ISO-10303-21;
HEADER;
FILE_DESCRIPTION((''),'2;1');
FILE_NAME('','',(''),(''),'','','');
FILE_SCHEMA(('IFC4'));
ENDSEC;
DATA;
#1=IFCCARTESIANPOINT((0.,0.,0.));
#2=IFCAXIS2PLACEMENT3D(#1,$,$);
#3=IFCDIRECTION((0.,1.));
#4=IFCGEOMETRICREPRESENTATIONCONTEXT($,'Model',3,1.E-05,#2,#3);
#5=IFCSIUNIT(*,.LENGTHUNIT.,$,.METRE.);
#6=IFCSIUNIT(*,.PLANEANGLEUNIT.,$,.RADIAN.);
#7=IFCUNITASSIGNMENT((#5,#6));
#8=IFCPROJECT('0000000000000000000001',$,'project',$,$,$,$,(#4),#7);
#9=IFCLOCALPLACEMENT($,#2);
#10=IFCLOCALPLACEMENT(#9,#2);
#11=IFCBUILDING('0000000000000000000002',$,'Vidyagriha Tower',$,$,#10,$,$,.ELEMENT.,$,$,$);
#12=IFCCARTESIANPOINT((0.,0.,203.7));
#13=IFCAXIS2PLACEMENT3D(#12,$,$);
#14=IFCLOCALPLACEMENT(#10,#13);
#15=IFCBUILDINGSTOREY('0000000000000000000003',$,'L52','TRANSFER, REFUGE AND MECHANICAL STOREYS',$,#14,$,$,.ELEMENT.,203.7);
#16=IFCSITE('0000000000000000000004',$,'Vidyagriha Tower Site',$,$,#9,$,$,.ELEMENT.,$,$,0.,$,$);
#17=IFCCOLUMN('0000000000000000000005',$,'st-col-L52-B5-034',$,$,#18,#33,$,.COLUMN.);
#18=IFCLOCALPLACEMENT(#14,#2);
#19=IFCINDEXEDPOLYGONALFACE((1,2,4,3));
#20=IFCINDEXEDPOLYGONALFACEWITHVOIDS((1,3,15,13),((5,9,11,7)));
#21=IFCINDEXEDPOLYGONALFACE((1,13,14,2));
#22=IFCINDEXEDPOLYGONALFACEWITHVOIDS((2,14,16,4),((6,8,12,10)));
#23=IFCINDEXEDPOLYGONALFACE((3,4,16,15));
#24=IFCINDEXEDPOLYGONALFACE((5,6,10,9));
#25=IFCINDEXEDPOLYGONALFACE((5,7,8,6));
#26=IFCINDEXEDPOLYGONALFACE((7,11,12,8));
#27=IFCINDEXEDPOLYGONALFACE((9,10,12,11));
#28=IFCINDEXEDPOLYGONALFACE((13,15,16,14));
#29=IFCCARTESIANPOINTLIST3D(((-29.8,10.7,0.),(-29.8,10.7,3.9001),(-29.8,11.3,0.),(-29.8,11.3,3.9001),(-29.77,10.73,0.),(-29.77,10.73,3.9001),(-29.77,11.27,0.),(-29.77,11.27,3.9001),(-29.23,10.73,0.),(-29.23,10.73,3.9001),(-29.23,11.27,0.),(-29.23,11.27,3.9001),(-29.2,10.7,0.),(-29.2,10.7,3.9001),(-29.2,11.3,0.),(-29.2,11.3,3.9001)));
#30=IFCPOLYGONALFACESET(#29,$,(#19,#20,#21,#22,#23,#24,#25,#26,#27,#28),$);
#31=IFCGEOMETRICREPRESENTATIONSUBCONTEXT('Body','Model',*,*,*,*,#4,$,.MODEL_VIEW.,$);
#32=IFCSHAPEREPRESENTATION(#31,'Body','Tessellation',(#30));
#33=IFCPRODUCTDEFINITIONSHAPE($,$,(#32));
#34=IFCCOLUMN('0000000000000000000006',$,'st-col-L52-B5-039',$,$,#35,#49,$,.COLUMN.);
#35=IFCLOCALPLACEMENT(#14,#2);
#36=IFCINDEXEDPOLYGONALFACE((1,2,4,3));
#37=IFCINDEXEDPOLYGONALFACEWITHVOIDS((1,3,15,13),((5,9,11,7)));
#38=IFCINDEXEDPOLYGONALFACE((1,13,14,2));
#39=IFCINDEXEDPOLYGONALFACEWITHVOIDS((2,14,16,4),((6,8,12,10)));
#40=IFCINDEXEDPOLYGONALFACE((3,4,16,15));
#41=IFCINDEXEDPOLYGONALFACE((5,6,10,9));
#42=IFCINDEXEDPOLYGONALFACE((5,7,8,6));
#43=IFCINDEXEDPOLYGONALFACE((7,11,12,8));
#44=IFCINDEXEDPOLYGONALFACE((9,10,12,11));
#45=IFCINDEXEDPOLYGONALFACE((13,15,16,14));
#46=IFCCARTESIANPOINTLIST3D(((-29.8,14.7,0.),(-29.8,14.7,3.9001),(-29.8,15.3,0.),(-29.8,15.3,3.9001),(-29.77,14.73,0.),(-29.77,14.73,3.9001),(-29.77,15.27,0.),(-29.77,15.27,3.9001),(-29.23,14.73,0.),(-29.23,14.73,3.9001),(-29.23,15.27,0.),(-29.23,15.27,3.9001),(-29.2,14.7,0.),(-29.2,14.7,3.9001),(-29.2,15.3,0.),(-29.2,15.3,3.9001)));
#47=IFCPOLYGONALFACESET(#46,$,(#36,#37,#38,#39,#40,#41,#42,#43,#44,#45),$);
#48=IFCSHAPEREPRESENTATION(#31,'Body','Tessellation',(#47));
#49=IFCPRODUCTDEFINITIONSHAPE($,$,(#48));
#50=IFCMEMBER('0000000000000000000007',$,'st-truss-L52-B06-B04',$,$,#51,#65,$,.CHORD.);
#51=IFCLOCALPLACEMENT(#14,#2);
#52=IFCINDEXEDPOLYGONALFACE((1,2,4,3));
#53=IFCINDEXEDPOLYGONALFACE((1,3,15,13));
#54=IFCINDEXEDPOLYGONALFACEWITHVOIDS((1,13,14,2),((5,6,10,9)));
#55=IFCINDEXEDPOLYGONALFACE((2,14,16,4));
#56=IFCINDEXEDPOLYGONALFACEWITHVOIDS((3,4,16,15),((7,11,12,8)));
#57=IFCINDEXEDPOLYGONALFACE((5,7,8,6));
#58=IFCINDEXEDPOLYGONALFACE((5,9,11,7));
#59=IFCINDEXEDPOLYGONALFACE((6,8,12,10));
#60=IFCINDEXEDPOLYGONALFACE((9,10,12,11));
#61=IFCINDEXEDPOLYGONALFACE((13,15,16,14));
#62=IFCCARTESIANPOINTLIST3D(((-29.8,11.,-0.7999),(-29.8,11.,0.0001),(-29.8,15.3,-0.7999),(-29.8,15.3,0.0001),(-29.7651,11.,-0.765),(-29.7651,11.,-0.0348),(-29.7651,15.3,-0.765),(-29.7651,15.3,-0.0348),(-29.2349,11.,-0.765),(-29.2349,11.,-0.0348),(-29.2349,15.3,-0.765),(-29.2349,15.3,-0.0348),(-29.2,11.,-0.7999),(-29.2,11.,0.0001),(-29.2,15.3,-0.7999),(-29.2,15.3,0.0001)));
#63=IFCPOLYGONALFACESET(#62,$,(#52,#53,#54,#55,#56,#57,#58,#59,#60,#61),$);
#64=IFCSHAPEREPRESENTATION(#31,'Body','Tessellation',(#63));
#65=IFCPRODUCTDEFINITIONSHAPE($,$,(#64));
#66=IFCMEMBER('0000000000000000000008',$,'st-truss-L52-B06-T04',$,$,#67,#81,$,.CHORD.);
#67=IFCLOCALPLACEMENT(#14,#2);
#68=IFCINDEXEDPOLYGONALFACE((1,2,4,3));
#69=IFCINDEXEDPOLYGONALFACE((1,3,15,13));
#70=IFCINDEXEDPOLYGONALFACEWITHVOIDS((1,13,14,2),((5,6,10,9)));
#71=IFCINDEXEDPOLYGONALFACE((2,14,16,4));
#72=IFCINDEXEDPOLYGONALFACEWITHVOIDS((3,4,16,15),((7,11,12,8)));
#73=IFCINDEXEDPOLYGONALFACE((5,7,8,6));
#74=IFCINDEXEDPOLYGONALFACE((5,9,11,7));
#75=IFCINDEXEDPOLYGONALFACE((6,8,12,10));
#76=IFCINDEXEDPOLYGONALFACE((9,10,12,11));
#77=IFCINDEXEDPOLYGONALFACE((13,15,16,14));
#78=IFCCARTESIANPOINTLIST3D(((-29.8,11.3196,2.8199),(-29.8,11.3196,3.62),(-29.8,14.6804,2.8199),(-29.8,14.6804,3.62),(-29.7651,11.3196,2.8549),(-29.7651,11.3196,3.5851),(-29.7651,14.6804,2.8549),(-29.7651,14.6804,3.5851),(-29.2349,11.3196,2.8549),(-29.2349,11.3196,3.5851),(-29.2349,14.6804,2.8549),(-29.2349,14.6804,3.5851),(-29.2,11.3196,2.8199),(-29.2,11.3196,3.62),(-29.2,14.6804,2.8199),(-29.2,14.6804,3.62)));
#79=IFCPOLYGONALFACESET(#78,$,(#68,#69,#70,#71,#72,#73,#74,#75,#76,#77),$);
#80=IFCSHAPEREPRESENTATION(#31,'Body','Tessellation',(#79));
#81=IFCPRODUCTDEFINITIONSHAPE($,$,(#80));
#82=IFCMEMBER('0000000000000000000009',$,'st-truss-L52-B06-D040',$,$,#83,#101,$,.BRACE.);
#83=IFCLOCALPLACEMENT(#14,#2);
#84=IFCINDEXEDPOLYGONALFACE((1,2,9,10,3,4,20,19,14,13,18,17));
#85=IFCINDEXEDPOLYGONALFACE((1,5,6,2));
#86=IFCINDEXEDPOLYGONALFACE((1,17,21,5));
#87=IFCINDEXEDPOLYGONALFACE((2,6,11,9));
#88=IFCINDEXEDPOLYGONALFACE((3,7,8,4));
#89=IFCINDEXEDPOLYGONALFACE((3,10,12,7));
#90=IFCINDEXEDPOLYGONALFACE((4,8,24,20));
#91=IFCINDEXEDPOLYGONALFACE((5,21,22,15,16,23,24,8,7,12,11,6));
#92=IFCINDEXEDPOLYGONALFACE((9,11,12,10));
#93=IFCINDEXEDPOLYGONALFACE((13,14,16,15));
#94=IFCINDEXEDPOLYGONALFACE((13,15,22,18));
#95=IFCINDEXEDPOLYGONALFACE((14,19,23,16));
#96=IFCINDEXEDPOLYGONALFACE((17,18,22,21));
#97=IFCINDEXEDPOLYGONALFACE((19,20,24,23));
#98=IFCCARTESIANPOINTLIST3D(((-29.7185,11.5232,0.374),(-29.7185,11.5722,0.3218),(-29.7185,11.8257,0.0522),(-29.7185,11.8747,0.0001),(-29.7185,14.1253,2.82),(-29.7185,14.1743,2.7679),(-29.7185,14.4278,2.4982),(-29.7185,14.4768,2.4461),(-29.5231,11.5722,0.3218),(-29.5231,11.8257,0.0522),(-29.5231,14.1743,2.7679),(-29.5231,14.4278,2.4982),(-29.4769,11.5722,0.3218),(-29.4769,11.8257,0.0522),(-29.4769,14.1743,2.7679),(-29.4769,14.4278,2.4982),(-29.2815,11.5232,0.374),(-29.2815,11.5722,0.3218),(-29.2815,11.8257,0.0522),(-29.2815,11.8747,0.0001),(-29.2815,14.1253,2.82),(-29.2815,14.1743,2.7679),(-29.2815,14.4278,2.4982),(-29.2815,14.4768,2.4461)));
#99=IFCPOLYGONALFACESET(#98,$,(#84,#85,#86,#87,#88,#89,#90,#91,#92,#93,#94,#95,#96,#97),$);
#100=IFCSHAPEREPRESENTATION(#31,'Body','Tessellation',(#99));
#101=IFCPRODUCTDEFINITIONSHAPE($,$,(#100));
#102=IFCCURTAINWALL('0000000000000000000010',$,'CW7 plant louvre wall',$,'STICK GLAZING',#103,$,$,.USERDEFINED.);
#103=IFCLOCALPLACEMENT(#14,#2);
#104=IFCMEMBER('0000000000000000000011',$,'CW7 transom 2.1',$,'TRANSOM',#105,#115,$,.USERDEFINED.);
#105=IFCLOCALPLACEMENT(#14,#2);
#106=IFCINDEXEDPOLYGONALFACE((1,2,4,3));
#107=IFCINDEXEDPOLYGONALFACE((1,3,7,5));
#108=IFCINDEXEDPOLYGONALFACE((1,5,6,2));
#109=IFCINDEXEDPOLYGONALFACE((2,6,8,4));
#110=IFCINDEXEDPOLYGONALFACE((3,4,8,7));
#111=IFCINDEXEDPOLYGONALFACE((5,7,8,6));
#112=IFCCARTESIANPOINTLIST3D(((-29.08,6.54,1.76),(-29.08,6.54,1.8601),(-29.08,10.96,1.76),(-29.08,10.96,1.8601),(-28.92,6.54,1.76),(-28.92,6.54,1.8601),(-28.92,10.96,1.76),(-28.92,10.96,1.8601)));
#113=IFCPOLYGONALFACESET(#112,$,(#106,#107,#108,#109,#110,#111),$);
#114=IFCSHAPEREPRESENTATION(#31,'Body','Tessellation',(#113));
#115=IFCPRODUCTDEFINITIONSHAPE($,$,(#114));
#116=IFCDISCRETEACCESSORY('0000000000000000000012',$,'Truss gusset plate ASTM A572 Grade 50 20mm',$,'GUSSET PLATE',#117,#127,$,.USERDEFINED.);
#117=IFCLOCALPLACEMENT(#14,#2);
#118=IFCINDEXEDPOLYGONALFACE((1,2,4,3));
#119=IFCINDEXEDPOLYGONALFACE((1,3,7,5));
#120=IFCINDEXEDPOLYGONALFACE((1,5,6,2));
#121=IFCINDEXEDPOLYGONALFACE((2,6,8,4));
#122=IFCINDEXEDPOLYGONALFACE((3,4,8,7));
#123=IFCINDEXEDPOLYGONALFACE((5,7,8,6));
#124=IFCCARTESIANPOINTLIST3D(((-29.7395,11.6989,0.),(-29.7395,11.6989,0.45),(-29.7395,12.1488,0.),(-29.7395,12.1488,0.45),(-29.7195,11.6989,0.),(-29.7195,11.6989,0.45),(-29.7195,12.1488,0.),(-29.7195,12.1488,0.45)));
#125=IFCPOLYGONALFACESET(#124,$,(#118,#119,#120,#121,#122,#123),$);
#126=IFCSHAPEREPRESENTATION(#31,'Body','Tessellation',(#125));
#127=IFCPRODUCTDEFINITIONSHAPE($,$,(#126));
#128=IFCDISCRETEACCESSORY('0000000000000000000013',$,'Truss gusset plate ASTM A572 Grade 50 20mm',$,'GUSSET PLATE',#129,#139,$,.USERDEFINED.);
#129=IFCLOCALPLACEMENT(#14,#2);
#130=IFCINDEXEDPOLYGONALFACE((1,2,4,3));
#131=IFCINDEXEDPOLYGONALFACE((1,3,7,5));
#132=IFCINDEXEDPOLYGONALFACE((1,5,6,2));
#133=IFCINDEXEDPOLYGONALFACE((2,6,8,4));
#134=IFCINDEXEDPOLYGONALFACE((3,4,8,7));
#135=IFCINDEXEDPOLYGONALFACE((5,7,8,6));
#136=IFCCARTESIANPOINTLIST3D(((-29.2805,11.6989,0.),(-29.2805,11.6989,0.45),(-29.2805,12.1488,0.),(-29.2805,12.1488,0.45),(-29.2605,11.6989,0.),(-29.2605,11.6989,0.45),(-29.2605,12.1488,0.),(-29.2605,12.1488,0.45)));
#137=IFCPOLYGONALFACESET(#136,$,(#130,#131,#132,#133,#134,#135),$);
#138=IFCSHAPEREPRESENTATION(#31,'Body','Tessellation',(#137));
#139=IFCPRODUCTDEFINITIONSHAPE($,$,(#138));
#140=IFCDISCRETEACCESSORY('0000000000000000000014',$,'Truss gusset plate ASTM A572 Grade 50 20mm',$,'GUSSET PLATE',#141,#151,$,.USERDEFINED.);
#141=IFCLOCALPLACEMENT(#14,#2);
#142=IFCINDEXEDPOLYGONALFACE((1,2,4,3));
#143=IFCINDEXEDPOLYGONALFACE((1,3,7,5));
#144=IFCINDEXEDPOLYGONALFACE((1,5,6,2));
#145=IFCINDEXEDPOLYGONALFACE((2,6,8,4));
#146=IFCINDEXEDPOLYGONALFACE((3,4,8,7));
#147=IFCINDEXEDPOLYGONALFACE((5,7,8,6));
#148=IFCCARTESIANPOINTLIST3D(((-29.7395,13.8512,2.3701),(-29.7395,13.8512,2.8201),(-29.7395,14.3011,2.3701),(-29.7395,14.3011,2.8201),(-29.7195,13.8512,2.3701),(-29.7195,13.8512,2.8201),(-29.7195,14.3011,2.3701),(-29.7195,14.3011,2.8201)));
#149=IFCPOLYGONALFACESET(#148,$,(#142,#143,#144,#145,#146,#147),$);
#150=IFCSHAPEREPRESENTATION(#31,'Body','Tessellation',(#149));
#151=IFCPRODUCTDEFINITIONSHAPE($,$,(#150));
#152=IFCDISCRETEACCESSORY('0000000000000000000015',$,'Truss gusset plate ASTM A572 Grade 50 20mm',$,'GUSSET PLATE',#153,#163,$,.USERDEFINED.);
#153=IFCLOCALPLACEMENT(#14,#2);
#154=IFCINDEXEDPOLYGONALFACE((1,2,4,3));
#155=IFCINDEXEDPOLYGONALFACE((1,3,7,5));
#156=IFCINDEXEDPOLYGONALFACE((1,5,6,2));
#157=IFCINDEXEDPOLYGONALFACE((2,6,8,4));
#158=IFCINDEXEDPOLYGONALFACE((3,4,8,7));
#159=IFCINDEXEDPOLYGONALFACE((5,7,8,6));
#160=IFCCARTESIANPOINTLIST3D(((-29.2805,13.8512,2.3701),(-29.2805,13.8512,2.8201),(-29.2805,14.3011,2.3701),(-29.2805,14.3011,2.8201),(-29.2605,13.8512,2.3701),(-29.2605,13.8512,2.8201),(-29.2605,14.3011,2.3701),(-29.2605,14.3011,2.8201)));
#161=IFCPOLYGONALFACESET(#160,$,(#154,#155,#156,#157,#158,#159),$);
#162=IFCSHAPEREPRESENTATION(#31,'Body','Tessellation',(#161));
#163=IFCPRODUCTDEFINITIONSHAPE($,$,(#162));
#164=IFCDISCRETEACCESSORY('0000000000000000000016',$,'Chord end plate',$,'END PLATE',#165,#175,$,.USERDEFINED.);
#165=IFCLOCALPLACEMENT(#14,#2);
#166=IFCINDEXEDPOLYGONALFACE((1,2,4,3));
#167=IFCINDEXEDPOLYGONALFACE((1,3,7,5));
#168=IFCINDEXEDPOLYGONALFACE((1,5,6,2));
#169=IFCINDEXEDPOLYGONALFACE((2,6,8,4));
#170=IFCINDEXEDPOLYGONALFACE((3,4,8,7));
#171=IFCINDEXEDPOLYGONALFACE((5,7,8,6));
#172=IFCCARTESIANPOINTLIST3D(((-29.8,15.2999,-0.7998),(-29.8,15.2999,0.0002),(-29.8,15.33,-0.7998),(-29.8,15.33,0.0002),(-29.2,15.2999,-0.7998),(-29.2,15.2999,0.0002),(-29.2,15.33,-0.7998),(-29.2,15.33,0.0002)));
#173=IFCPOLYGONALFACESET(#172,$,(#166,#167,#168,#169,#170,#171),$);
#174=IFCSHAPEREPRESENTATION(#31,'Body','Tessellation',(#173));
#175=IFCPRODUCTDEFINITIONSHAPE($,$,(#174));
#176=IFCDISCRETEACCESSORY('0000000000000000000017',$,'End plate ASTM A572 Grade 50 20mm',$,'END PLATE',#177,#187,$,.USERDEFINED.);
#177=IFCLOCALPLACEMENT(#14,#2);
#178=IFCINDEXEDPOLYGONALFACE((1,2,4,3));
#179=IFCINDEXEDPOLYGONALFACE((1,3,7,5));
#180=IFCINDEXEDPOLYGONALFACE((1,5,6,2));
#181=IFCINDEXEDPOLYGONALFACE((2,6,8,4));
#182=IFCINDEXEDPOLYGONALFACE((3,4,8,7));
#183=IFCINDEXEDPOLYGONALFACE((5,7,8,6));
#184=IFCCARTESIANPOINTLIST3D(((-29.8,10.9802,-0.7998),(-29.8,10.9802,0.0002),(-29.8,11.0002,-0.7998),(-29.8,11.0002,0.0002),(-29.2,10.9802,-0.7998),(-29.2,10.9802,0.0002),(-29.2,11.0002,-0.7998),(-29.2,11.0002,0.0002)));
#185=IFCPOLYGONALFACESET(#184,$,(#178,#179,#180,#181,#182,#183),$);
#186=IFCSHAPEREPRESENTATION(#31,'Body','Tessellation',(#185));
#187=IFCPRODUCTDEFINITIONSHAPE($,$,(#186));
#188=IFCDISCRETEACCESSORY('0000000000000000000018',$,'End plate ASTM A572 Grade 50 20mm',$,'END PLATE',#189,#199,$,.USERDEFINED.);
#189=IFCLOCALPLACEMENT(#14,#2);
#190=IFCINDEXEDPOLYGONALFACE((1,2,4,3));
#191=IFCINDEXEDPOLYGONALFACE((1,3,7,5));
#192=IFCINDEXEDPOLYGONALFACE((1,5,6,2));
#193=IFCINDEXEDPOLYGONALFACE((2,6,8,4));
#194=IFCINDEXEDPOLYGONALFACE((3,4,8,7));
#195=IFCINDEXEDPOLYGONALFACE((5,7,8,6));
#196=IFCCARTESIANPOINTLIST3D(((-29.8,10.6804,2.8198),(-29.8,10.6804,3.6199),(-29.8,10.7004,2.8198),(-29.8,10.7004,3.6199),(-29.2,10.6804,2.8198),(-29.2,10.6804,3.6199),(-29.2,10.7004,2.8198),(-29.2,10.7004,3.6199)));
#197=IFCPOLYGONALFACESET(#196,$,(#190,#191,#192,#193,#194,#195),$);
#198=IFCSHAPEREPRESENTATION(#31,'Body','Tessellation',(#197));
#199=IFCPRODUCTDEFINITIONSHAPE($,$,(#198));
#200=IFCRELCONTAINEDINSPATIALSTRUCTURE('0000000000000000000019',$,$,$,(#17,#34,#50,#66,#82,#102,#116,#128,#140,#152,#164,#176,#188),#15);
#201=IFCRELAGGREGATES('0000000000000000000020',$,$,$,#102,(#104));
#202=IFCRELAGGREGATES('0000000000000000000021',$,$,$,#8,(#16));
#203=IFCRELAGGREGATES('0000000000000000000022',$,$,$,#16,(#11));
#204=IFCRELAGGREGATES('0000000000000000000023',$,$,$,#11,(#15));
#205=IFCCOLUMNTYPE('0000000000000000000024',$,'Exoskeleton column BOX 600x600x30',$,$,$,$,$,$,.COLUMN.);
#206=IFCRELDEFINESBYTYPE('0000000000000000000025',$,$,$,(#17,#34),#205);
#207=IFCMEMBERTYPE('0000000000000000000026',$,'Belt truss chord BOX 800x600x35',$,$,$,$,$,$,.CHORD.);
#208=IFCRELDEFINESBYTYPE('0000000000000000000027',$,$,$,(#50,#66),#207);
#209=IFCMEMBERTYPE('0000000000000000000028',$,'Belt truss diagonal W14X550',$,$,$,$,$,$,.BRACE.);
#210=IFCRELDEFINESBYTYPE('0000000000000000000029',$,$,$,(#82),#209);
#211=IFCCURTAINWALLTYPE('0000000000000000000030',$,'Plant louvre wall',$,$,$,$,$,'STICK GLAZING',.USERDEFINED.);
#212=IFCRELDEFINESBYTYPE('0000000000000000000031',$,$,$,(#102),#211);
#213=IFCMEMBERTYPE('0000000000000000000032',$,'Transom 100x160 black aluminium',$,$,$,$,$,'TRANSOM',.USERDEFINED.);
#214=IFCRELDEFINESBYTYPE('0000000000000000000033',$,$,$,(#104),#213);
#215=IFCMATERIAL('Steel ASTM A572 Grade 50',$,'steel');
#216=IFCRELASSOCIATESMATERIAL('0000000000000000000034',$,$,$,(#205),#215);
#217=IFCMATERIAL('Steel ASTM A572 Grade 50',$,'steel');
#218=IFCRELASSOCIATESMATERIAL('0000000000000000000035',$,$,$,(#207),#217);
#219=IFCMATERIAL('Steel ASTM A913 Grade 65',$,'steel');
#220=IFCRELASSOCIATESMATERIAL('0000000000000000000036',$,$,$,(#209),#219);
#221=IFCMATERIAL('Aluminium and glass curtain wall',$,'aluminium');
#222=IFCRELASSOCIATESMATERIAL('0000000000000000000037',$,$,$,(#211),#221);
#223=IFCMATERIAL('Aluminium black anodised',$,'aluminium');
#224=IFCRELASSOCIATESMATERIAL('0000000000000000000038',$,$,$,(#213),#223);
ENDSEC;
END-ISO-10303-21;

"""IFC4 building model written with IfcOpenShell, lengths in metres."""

from ifc_helpers import new_model, si_unit, direction, frame, origin, origin_2d, place, context, subcontext, project, spatial, rectangle, hollow_rectangle, i_section, extrude, material, material_profile, profile_set, type_object, element, aggregate, save


model = new_model("IFC4")

# Units and contexts
model_context = context("Model", 3, precision=1e-05, world=origin(), true_north=direction((0.0, 1.0)))
body_context = subcontext(model_context, "Body", "Model", "MODEL_VIEW")
ifc_project = project(units=[si_unit("LENGTHUNIT", "METRE"), si_unit("PLANEANGLEUNIT", "RADIAN")], contexts=[model_context])

# Site, building, storey
site_placement = place(None, origin())
site = spatial("IfcSite", under=ifc_project, at=site_placement, Name="Vidyagriha Tower Site", CompositionType="ELEMENT", RefElevation=0.0)
building_placement = place(site_placement, origin())
building = spatial("IfcBuilding", under=site, at=building_placement, Name="Vidyagriha Tower", CompositionType="ELEMENT")
storey_placement = place(building_placement, frame((0.0, 0.0, 203.7)))
storey = spatial("IfcBuildingStorey", under=building, at=storey_placement, Name="L52", Description="TRANSFER, REFUGE AND MECHANICAL STOREYS", CompositionType="ELEMENT", Elevation=203.7)

# Columns
ifc_material_1 = material(Name="Steel ASTM A572 Grade 50", Category="steel")
ifc_material_profile_1 = material_profile(ifc_material_1, hollow_rectangle(XDim=0.6001, YDim=0.6001, WallThickness=0.03, at=origin_2d()), Name="BOX 600x600x30")
ifc_profile_set_1 = profile_set([ifc_material_profile_1], Name="Steel ASTM A572 Grade 50")
column_type = type_object("IfcColumnType", Name="Exoskeleton column BOX 600x600x30", PredefinedType="COLUMN", material=ifc_profile_set_1)
for number, where, name in (
    (1, (-29.5, 11.0, 0.0), "st-col-L52-B5-034"),
    (2, (-29.5, 15.0, 0.0), "st-col-L52-B5-039"),
):
    element("IfcColumn", number, at=place(storey_placement, frame(where)), inside=storey, type_object=column_type, Name=name, PredefinedType="COLUMN", context=body_context, shape_type="SweptSolid", body=[
        extrude(hollow_rectangle(XDim=0.6001, YDim=0.6001, WallThickness=0.03, at=origin_2d()), origin(), (0.0, 0.0, 1.0), 3.9001),
    ])

# Members
ifc_material_2 = material(Name="Steel ASTM A572 Grade 50", Category="steel")
ifc_material_profile_2 = material_profile(ifc_material_2, hollow_rectangle(XDim=0.6001, YDim=0.8, WallThickness=0.0349, at=origin_2d()), Name="BOX 800x600x35")
ifc_profile_set_2 = profile_set([ifc_material_profile_2], Name="Steel ASTM A572 Grade 50")
member_type_1 = type_object("IfcMemberType", Name="Belt truss chord BOX 800x600x35", PredefinedType="CHORD", material=ifc_profile_set_2)
member_1_placement = place(storey_placement, frame((-29.5, 11.0, -0.3999), z_axis=(0.0, 1.0, 0.0), x_axis=(-1.0, 0.0, 0.0)))
element("IfcMember", 3, at=member_1_placement, inside=storey, type_object=member_type_1, Name="st-truss-L52-B06-B04", PredefinedType="CHORD", context=body_context, shape_type="SweptSolid", body=[
    extrude(hollow_rectangle(XDim=0.6001, YDim=0.8, WallThickness=0.0349, at=origin_2d()), origin(), (0.0, 0.0, 1.0), 4.3),
])
member_2_placement = place(storey_placement, frame((-29.5, 11.3196, 3.22), z_axis=(0.0, 1.0, 0.0), x_axis=(-1.0, 0.0, 0.0)))
element("IfcMember", 4, at=member_2_placement, inside=storey, type_object=member_type_1, Name="st-truss-L52-B06-T04", PredefinedType="CHORD", context=body_context, shape_type="SweptSolid", body=[
    extrude(hollow_rectangle(XDim=0.6001, YDim=0.8, WallThickness=0.0349, at=origin_2d()), origin(), (0.0, 0.0, 1.0), 3.3608),
])
ifc_material_3 = material(Name="Steel ASTM A913 Grade 65", Category="steel")
ifc_material_profile_3 = material_profile(ifc_material_3, i_section(OverallWidth=0.437, OverallDepth=0.5132, WebThickness=0.0461, FlangeThickness=0.0715, at=origin_2d()), Name="W14X550")
ifc_profile_set_3 = profile_set([ifc_material_profile_3], Name="Steel ASTM A913 Grade 65")
member_type_2 = type_object("IfcMemberType", Name="Belt truss diagonal W14X550", PredefinedType="BRACE", material=ifc_profile_set_3)
member_3_placement = place(storey_placement, frame((-29.5, 11.699, 0.187), z_axis=(0.0, 0.728611, 0.684927), x_axis=(-1.0, 0.0, 0.0)))
element("IfcMember", 5, at=member_3_placement, inside=storey, type_object=member_type_2, Name="st-truss-L52-B06-D040", PredefinedType="BRACE", context=body_context, shape_type="SweptSolid", body=[
    extrude(i_section(OverallWidth=0.437, OverallDepth=0.5132, WebThickness=0.0461, FlangeThickness=0.0715, at=origin_2d()), origin(), (0.0, 0.0, 1.0), 3.5713),
])

# Curtain wall, member
ifc_material_4 = material(Name="Aluminium and glass curtain wall", Category="aluminium")
curtain_wall_type = type_object("IfcCurtainWallType", Name="Plant louvre wall", ElementType="STICK GLAZING", PredefinedType="USERDEFINED", material=ifc_material_4)
curtain_wall_placement = place(storey_placement, origin())
curtain_wall = element("IfcCurtainWall", 6, at=curtain_wall_placement, inside=storey, type_object=curtain_wall_type, Name="CW7 plant louvre wall", ObjectType="STICK GLAZING", PredefinedType="USERDEFINED")
ifc_material_5 = material(Name="Aluminium black anodised", Category="aluminium")
ifc_material_profile_4 = material_profile(ifc_material_5, rectangle(XDim=0.1599, YDim=0.1001, at=origin_2d()), Name="Transom 100x160 black aluminium")
ifc_profile_set_4 = profile_set([ifc_material_profile_4], Name="Aluminium black anodised")
member_type_3 = type_object("IfcMemberType", Name="Transom 100x160 black aluminium", ElementType="TRANSOM", PredefinedType="USERDEFINED", material=ifc_profile_set_4)
member_4_placement = place(storey_placement, frame((-29.0, 10.96, 1.8101), z_axis=(0.0, -1.0, 0.0), x_axis=(1.0, 0.0, 0.0)))
member_4 = element("IfcMember", 7, at=member_4_placement, type_object=member_type_3, Name="CW7 transom 2.1", ObjectType="TRANSOM", PredefinedType="USERDEFINED", context=body_context, shape_type="SweptSolid", body=[
    extrude(rectangle(XDim=0.1599, YDim=0.1001, at=origin_2d()), origin(), (0.0, 0.0, 1.0), 4.4199),
])
aggregate(curtain_wall, [member_4])

# Discrete accessories
for number, where, z_axis, x_axis, name in (
    (8, (-29.7295, 11.9238, 0.0), (0.0, 0.0, 1.0), (0.0, 1.0, 0.0), "Truss gusset plate ASTM A572 Grade 50 20mm"),
    (9, (-29.2705, 11.9238, 0.0), (0.0, 0.0, 1.0), (0.0, 1.0, 0.0), "Truss gusset plate ASTM A572 Grade 50 20mm"),
    (10, (-29.7295, 14.0762, 2.3701), (0.0, 0.0, 1.0), (0.0, 1.0, 0.0), "Truss gusset plate ASTM A572 Grade 50 20mm"),
    (11, (-29.2705, 14.0762, 2.3701), (0.0, 0.0, 1.0), (0.0, 1.0, 0.0), "Truss gusset plate ASTM A572 Grade 50 20mm"),
):
    element("IfcDiscreteAccessory", number, at=place(storey_placement, frame(where, z_axis=z_axis, x_axis=x_axis)), inside=storey, Name=name, ObjectType="GUSSET PLATE", PredefinedType="USERDEFINED", context=body_context, shape_type="SweptSolid", body=[
        extrude(rectangle(XDim=0.45, YDim=0.02, at=origin_2d()), origin(), (0.0, 0.0, 1.0), 0.45),
    ])
discrete_accessory_placement = place(storey_placement, frame((-29.5, 15.3149, -0.7998), z_axis=(0.0, 0.0, 1.0), x_axis=(0.0, 1.0, 0.0)))
element("IfcDiscreteAccessory", 12, at=discrete_accessory_placement, inside=storey, Name="Chord end plate", ObjectType="END PLATE", PredefinedType="USERDEFINED", context=body_context, shape_type="SweptSolid", body=[
    extrude(rectangle(XDim=0.03, YDim=0.6001, at=origin_2d()), origin(), (0.0, 0.0, 1.0), 0.8),
])
for number, where, z_axis, x_axis, name in (
    (13, (-29.5, 10.9902, -0.7998), (0.0, 0.0, 1.0), (0.0, 1.0, 0.0), "End plate ASTM A572 Grade 50 20mm"),
    (14, (-29.5, 10.6904, 2.8198), (0.0, 0.0, 1.0), (0.0, 1.0, 0.0), "End plate ASTM A572 Grade 50 20mm"),
):
    element("IfcDiscreteAccessory", number, at=place(storey_placement, frame(where, z_axis=z_axis, x_axis=x_axis)), inside=storey, Name=name, ObjectType="END PLATE", PredefinedType="USERDEFINED", context=body_context, shape_type="SweptSolid", body=[
        extrude(rectangle(XDim=0.02, YDim=0.6001, at=origin_2d()), origin(), (0.0, 0.0, 1.0), 0.8),
    ])

save(model, "model.ifc")
